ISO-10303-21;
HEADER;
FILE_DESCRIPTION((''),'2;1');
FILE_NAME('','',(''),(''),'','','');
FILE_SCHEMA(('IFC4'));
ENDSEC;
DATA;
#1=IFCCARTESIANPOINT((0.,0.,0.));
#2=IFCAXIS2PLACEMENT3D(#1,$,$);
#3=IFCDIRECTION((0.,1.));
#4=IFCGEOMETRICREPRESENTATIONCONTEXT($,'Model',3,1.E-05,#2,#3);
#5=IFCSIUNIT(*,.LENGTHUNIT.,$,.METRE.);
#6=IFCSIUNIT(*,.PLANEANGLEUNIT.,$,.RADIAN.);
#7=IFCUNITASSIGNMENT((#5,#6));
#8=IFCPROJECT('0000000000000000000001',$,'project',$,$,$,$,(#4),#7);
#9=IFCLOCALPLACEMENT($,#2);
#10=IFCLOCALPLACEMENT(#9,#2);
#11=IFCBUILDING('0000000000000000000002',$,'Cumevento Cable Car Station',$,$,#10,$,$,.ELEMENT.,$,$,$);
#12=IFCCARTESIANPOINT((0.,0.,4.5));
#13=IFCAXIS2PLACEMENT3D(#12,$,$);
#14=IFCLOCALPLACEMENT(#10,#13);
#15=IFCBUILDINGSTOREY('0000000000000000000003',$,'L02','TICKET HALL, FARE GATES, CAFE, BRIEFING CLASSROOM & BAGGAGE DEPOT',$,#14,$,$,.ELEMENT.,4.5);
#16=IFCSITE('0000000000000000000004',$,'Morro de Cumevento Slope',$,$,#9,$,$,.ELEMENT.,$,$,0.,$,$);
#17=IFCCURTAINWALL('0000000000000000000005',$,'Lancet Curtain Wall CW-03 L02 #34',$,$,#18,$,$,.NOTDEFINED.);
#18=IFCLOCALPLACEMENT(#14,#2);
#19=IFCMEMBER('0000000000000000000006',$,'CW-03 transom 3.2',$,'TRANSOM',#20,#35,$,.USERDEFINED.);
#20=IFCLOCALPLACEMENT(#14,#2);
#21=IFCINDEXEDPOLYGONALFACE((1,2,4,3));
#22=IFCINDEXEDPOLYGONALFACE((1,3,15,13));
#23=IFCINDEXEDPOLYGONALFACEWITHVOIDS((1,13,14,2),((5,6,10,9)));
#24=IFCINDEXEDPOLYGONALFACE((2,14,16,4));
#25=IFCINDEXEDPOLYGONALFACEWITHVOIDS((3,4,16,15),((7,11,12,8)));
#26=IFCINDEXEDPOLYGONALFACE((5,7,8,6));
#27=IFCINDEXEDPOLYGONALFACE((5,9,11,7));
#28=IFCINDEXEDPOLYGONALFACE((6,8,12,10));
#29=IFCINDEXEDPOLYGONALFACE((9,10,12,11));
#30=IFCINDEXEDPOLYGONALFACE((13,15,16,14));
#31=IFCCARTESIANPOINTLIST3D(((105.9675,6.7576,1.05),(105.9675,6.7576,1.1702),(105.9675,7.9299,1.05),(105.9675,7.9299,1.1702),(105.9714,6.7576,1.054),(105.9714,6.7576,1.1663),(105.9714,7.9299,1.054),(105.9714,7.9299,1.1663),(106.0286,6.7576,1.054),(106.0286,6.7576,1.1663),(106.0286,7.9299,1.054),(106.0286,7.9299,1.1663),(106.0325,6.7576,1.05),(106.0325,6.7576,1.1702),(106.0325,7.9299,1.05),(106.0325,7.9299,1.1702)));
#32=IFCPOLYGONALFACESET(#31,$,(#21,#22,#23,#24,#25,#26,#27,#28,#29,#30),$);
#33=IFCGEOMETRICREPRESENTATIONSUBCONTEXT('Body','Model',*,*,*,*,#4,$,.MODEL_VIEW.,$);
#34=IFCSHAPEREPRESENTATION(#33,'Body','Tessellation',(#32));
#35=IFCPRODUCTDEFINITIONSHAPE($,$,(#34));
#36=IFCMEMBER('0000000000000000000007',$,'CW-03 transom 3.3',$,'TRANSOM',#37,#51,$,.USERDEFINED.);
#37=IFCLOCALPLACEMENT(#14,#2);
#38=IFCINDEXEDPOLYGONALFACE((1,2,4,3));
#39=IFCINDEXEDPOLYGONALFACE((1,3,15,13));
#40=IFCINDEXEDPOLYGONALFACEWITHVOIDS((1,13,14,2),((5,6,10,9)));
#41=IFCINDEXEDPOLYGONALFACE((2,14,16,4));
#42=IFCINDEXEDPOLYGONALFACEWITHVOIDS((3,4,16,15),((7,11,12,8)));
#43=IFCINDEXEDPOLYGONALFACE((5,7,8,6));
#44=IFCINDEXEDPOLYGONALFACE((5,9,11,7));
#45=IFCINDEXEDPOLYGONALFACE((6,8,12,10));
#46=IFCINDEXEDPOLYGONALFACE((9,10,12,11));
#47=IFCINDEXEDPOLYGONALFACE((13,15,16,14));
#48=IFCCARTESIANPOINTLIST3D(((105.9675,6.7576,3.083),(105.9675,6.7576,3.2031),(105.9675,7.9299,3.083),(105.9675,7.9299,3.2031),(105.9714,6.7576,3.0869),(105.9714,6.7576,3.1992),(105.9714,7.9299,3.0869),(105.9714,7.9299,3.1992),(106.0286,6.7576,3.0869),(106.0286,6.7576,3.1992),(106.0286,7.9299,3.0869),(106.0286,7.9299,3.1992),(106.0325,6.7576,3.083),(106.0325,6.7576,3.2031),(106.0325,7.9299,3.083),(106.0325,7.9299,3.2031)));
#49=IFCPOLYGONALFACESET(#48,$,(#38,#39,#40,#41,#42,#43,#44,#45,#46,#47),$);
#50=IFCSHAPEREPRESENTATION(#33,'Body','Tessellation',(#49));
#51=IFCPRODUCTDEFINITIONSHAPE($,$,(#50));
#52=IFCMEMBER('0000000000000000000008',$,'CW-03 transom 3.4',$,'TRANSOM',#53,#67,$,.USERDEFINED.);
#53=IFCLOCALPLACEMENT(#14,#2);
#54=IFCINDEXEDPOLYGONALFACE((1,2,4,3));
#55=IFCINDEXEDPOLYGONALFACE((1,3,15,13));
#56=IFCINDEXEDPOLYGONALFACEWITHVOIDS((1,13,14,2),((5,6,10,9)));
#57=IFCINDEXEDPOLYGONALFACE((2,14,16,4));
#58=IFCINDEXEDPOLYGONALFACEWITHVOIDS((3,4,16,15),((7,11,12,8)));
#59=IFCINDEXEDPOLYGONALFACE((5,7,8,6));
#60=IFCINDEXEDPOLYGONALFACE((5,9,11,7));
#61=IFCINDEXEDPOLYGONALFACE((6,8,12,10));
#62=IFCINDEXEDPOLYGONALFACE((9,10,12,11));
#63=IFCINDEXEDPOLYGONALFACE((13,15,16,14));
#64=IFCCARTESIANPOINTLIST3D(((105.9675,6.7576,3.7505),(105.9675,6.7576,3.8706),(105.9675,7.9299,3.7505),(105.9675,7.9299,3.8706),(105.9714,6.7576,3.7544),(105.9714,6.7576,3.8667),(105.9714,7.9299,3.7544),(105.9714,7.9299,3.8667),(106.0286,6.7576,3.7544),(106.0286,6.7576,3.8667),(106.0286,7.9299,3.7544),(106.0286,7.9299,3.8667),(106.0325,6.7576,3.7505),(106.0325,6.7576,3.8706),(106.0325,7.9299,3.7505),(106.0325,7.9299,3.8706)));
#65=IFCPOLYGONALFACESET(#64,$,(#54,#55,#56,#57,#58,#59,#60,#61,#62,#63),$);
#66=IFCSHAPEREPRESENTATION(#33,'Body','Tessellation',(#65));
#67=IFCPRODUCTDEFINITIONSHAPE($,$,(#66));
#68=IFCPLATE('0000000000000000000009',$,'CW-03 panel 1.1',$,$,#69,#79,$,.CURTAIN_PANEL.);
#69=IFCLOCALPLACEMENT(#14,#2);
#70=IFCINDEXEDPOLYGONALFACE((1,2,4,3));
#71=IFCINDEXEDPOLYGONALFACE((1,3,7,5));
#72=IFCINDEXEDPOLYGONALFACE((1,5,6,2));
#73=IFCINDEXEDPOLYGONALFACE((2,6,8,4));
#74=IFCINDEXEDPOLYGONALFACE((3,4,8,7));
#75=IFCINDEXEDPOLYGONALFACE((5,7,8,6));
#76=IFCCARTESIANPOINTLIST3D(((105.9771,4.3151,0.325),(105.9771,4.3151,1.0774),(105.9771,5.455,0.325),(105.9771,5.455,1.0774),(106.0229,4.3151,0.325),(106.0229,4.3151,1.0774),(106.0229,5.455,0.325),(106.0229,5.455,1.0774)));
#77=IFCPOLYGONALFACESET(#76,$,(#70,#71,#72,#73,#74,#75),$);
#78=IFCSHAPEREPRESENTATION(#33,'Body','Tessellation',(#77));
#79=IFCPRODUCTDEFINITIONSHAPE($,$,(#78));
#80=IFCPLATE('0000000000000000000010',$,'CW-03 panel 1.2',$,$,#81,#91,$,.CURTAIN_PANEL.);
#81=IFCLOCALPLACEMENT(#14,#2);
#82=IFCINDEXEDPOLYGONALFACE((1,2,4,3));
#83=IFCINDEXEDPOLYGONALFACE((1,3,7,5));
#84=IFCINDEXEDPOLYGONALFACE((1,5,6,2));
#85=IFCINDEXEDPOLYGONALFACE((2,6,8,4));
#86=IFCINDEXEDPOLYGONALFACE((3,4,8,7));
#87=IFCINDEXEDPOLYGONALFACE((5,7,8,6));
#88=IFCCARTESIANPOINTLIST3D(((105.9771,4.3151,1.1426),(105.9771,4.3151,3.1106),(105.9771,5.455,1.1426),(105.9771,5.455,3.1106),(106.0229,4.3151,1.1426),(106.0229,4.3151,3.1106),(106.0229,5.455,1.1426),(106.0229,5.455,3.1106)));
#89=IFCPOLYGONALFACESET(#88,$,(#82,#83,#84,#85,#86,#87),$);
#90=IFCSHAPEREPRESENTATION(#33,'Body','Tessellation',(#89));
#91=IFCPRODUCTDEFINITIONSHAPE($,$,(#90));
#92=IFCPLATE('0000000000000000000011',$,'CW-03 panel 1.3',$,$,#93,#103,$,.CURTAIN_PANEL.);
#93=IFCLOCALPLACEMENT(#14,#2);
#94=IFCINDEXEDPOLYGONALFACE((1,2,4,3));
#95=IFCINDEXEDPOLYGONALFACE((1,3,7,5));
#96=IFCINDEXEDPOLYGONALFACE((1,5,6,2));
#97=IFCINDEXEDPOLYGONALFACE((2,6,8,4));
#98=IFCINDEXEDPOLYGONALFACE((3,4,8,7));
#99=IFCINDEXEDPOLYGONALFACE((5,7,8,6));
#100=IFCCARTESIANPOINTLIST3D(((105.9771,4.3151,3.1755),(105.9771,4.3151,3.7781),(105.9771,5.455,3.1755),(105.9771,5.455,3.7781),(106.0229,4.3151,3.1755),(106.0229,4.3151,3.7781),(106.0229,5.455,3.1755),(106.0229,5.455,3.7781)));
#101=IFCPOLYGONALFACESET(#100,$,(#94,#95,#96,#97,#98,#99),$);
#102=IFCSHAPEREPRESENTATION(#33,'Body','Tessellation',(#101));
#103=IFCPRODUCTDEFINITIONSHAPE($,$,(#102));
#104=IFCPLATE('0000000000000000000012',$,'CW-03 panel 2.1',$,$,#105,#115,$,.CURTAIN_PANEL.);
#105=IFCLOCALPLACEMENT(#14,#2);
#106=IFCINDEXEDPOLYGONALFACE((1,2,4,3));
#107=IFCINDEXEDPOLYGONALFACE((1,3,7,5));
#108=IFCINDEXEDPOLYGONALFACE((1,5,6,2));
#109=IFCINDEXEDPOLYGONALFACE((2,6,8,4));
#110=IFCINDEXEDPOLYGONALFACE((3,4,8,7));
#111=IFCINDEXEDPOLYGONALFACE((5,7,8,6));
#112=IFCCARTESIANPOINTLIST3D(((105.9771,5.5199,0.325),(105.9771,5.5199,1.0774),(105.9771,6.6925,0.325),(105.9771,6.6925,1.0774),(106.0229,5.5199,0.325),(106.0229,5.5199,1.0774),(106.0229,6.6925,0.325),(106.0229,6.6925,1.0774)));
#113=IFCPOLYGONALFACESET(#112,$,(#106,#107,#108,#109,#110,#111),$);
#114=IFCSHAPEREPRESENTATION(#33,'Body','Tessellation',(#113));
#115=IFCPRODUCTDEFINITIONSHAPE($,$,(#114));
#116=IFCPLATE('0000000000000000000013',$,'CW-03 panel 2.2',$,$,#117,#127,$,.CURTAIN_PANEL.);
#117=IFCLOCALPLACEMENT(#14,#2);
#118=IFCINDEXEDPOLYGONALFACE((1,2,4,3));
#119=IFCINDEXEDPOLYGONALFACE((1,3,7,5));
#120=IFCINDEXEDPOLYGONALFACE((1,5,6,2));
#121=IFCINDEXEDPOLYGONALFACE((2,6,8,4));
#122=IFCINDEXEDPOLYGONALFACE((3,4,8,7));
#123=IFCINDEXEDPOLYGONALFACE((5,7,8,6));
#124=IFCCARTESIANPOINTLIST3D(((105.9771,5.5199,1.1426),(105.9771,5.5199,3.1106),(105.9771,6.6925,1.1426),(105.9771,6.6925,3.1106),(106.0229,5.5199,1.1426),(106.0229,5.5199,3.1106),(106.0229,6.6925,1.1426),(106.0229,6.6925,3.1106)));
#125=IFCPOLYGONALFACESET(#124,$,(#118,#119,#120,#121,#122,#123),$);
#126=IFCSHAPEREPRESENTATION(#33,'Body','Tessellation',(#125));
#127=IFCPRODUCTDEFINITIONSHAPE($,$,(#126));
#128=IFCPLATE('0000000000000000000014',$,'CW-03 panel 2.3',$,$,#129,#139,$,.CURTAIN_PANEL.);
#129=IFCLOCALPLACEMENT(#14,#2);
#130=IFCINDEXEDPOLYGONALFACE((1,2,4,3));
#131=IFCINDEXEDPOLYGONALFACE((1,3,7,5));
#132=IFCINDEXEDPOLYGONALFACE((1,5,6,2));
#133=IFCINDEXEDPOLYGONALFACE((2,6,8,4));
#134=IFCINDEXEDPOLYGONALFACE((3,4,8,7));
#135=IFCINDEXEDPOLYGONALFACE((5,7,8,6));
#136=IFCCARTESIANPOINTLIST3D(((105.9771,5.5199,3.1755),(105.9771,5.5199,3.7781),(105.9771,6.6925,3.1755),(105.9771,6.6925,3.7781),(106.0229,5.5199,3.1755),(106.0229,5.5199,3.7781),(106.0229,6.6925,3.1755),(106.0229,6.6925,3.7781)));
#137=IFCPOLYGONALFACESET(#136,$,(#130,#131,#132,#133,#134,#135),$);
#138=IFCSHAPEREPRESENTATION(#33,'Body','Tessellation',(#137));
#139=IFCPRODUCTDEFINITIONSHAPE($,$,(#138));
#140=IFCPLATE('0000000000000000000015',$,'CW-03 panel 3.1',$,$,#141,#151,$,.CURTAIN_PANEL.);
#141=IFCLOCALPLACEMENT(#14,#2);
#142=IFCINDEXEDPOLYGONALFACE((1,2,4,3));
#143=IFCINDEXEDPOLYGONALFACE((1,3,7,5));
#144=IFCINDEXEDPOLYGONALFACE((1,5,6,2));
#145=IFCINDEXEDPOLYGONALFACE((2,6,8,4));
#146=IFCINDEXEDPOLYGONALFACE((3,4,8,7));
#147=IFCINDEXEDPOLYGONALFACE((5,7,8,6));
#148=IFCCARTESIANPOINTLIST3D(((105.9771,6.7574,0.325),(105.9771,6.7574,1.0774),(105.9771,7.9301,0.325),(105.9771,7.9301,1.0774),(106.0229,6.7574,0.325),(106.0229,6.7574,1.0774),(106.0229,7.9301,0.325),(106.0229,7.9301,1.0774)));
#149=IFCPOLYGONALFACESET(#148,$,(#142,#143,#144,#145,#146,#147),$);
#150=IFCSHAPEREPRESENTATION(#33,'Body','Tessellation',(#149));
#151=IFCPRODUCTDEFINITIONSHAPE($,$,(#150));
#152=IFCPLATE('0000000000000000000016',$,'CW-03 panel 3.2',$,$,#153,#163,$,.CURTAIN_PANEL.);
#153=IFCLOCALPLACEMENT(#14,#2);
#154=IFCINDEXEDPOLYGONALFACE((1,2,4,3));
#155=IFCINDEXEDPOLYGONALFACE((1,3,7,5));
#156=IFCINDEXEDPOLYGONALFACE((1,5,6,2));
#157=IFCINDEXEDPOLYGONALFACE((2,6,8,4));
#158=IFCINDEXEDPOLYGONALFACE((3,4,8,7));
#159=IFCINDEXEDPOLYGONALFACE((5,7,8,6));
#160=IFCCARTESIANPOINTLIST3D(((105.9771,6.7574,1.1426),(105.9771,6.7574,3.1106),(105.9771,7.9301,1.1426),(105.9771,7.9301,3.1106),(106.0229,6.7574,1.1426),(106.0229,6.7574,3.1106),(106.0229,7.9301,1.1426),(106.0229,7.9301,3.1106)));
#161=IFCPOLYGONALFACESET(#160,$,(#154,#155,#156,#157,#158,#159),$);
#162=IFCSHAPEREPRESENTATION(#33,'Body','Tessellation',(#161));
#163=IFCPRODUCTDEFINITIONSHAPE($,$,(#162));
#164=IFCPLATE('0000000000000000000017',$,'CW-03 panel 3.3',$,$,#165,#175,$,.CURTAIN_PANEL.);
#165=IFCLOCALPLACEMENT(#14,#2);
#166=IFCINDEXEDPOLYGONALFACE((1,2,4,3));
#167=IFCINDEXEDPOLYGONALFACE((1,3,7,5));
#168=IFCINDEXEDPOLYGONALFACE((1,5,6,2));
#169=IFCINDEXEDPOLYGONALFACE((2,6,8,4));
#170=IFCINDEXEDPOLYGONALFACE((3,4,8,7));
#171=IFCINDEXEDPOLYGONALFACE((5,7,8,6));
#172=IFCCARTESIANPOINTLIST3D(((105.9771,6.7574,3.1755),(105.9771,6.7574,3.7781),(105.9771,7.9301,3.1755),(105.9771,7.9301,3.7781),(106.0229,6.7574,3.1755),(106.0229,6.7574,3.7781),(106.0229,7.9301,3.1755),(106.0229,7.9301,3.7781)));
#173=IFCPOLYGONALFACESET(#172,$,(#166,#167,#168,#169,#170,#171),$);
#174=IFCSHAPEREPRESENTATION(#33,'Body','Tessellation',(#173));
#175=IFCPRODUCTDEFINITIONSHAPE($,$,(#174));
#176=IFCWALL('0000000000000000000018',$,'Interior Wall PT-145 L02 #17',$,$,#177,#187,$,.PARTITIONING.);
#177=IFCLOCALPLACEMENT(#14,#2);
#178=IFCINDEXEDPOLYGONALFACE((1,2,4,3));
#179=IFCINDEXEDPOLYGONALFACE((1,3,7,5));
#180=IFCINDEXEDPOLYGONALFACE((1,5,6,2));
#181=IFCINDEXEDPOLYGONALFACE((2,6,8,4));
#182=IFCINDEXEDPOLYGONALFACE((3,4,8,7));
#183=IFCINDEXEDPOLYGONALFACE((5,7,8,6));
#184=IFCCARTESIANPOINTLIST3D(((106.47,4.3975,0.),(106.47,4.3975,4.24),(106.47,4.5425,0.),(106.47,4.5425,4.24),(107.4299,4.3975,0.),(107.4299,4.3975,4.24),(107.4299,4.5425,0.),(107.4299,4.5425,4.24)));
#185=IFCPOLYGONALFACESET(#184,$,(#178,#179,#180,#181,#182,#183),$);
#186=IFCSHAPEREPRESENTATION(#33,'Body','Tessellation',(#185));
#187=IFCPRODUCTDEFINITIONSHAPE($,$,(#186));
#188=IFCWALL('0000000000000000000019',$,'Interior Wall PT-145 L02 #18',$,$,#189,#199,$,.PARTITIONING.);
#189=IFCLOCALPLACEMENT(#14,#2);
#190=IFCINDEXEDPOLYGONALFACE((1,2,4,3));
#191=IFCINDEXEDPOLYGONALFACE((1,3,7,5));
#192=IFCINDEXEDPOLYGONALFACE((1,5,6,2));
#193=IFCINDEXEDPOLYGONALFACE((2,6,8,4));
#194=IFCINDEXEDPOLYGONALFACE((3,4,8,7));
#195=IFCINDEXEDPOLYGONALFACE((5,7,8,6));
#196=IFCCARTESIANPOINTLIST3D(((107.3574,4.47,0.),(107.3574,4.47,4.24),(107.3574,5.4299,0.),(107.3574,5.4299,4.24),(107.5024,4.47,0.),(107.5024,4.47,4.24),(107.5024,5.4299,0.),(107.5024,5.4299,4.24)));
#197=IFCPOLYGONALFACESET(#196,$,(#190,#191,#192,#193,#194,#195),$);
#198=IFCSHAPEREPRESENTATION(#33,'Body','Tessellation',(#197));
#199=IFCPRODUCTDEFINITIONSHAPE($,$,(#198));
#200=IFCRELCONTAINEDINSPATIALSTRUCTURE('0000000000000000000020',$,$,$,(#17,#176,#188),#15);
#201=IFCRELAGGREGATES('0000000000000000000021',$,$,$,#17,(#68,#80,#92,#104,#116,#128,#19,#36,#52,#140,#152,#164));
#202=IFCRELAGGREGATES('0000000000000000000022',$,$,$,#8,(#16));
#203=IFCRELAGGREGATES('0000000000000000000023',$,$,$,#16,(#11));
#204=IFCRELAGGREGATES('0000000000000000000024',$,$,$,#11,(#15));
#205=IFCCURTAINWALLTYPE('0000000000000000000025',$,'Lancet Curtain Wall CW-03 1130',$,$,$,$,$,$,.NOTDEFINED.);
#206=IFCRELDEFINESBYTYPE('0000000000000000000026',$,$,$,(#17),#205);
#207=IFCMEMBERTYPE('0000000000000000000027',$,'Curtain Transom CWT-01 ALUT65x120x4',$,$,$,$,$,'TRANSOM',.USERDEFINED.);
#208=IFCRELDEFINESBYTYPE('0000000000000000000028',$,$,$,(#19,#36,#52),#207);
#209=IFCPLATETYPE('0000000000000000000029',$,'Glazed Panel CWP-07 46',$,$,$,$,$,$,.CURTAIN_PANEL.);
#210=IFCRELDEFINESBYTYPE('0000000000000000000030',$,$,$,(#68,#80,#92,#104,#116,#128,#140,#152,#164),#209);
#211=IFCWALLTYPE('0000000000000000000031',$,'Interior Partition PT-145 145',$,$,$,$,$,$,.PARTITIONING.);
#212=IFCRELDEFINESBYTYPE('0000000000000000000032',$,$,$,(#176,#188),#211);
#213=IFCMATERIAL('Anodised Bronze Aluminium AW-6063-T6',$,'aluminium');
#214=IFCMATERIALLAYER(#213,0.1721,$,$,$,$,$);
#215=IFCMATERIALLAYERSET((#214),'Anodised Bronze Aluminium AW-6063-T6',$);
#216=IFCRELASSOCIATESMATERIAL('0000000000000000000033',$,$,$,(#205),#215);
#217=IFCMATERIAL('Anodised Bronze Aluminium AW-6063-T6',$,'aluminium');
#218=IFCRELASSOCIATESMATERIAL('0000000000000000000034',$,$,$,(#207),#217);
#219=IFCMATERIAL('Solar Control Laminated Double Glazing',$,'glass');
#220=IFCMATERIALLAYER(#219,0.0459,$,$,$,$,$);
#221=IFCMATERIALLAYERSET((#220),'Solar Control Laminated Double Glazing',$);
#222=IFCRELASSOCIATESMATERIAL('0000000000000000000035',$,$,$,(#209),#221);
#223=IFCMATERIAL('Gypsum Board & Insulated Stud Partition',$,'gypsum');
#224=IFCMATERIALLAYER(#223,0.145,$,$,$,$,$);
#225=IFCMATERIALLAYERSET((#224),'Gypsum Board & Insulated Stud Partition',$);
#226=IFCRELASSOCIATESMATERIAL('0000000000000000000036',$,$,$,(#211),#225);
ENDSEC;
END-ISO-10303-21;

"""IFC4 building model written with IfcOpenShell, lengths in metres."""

from ifc_helpers import new_model, si_unit, direction, frame, frame_2d, origin, origin_2d, place, context, subcontext, project, spatial, rectangle, hollow_rectangle, extrude, material, layer, layer_set, material_profile, profile_set, type_object, element, aggregate, save


model = new_model("IFC4")

# Units and contexts
model_context = context("Model", 3, precision=1e-05, world=origin(), true_north=direction((0.0, 1.0)))
body_context = subcontext(model_context, "Body", "Model", "MODEL_VIEW")
ifc_project = project(units=[si_unit("LENGTHUNIT", "METRE"), si_unit("PLANEANGLEUNIT", "RADIAN")], contexts=[model_context])

# Site, building, storey
site_placement = place(None, origin())
site = spatial("IfcSite", under=ifc_project, at=site_placement, Name="Morro de Cumevento Slope", CompositionType="ELEMENT", RefElevation=0.0)
building_placement = place(site_placement, origin())
building = spatial("IfcBuilding", under=site, at=building_placement, Name="Cumevento Cable Car Station", CompositionType="ELEMENT")
storey_placement = place(building_placement, frame((0.0, 0.0, 4.5)))
storey = spatial("IfcBuildingStorey", under=building, at=storey_placement, Name="L02", Description="TICKET HALL, FARE GATES, CAFE, BRIEFING CLASSROOM & BAGGAGE DEPOT", CompositionType="ELEMENT", Elevation=4.5)

# Curtain wall, members, plates
ifc_material_1 = material(Name="Anodised Bronze Aluminium AW-6063-T6", Category="aluminium")
ifc_layer_1 = layer(ifc_material_1, 0.1721)
ifc_layer_set_1 = layer_set([ifc_layer_1], Name="Anodised Bronze Aluminium AW-6063-T6")
curtain_wall_type = type_object("IfcCurtainWallType", Name="Lancet Curtain Wall CW-03 1130", PredefinedType="NOTDEFINED", material=ifc_layer_set_1)
curtain_wall_placement = place(storey_placement, origin())
curtain_wall = element("IfcCurtainWall", 1, at=curtain_wall_placement, inside=storey, type_object=curtain_wall_type, Name="Lancet Curtain Wall CW-03 L02 #34", PredefinedType="NOTDEFINED")
ifc_material_2 = material(Name="Anodised Bronze Aluminium AW-6063-T6", Category="aluminium")
ifc_material_profile_1 = material_profile(ifc_material_2, hollow_rectangle(XDim=0.0649, YDim=0.1201, WallThickness=0.0039, at=origin_2d()), Name="ALUT65x120x4")
ifc_profile_set_1 = profile_set([ifc_material_profile_1], Name="Anodised Bronze Aluminium AW-6063-T6")
member_type_1 = type_object("IfcMemberType", Name="Curtain Transom CWT-01 ALUT65x120x4", ElementType="TRANSOM", PredefinedType="USERDEFINED", material=ifc_profile_set_1)
member_1_placement = place(storey_placement, frame((106.0, 6.7576, 1.1101), z_axis=(0.0, 1.0, 0.0), x_axis=(-1.0, 0.0, 0.0)))
member_1 = element("IfcMember", 2, at=member_1_placement, type_object=member_type_1, Name="CW-03 transom 3.2", ObjectType="TRANSOM", PredefinedType="USERDEFINED", context=body_context, shape_type="SweptSolid", body=[
    extrude(hollow_rectangle(XDim=0.0649, YDim=0.1201, WallThickness=0.0039, at=origin_2d()), origin(), (0.0, 0.0, 1.0), 1.1724),
])
member_2_placement = place(storey_placement, frame((106.0, 6.7576, 3.1431), z_axis=(0.0, 1.0, 0.0), x_axis=(-1.0, 0.0, 0.0)))
member_2 = element("IfcMember", 3, at=member_2_placement, type_object=member_type_1, Name="CW-03 transom 3.3", ObjectType="TRANSOM", PredefinedType="USERDEFINED", context=body_context, shape_type="SweptSolid", body=[
    extrude(hollow_rectangle(XDim=0.0649, YDim=0.1201, WallThickness=0.0039, at=origin_2d()), origin(), (0.0, 0.0, 1.0), 1.1724),
])
member_3_placement = place(storey_placement, frame((106.0, 6.7576, 3.8105), z_axis=(0.0, 1.0, 0.0), x_axis=(-1.0, 0.0, 0.0)))
member_3 = element("IfcMember", 4, at=member_3_placement, type_object=member_type_1, Name="CW-03 transom 3.4", ObjectType="TRANSOM", PredefinedType="USERDEFINED", context=body_context, shape_type="SweptSolid", body=[
    extrude(hollow_rectangle(XDim=0.0649, YDim=0.1201, WallThickness=0.0039, at=origin_2d()), origin(), (0.0, 0.0, 1.0), 1.1724),
])
ifc_material_3 = material(Name="Solar Control Laminated Double Glazing", Category="glass")
ifc_layer_2 = layer(ifc_material_3, 0.0459)
ifc_layer_set_2 = layer_set([ifc_layer_2], Name="Solar Control Laminated Double Glazing")
plate_type = type_object("IfcPlateType", Name="Glazed Panel CWP-07 46", PredefinedType="CURTAIN_PANEL", material=ifc_layer_set_2)
plate_1_placement = place(storey_placement, frame((106.0, 4.885, 0.325), z_axis=(0.0, 0.0, 1.0), x_axis=(0.0, 1.0, 0.0)))
plate_1 = element("IfcPlate", 5, at=plate_1_placement, type_object=plate_type, Name="CW-03 panel 1.1", PredefinedType="CURTAIN_PANEL", context=body_context, shape_type="SweptSolid", body=[
    extrude(rectangle(XDim=1.1399, YDim=0.0459, at=origin_2d()), origin(), (0.0, 0.0, 1.0), 0.7524),
])
plate_2_placement = place(storey_placement, frame((106.0, 4.885, 1.1426), z_axis=(0.0, 0.0, 1.0), x_axis=(0.0, 1.0, 0.0)))
plate_2 = element("IfcPlate", 6, at=plate_2_placement, type_object=plate_type, Name="CW-03 panel 1.2", PredefinedType="CURTAIN_PANEL", context=body_context, shape_type="SweptSolid", body=[
    extrude(rectangle(XDim=1.1399, YDim=0.0459, at=origin_2d()), origin(), (0.0, 0.0, 1.0), 1.968),
])
plate_3_placement = place(storey_placement, frame((106.0, 4.885, 3.1755), z_axis=(0.0, 0.0, 1.0), x_axis=(0.0, 1.0, 0.0)))
plate_3 = element("IfcPlate", 7, at=plate_3_placement, type_object=plate_type, Name="CW-03 panel 1.3", PredefinedType="CURTAIN_PANEL", context=body_context, shape_type="SweptSolid", body=[
    extrude(rectangle(XDim=1.1399, YDim=0.0459, at=origin_2d()), origin(), (0.0, 0.0, 1.0), 0.6025),
])
plate_4_placement = place(storey_placement, frame((106.0, 6.1062, 0.325), z_axis=(0.0, 0.0, 1.0), x_axis=(0.0, 1.0, 0.0)))
plate_4 = element("IfcPlate", 8, at=plate_4_placement, type_object=plate_type, Name="CW-03 panel 2.1", PredefinedType="CURTAIN_PANEL", context=body_context, shape_type="SweptSolid", body=[
    extrude(rectangle(XDim=1.1726, YDim=0.0459, at=origin_2d()), origin(), (0.0, 0.0, 1.0), 0.7524),
])
plate_5_placement = place(storey_placement, frame((106.0, 6.1062, 1.1426), z_axis=(0.0, 0.0, 1.0), x_axis=(0.0, 1.0, 0.0)))
plate_5 = element("IfcPlate", 9, at=plate_5_placement, type_object=plate_type, Name="CW-03 panel 2.2", PredefinedType="CURTAIN_PANEL", context=body_context, shape_type="SweptSolid", body=[
    extrude(rectangle(XDim=1.1726, YDim=0.0459, at=origin_2d()), origin(), (0.0, 0.0, 1.0), 1.968),
])
plate_6_placement = place(storey_placement, frame((106.0, 6.1062, 3.1755), z_axis=(0.0, 0.0, 1.0), x_axis=(0.0, 1.0, 0.0)))
plate_6 = element("IfcPlate", 10, at=plate_6_placement, type_object=plate_type, Name="CW-03 panel 2.3", PredefinedType="CURTAIN_PANEL", context=body_context, shape_type="SweptSolid", body=[
    extrude(rectangle(XDim=1.1726, YDim=0.0459, at=origin_2d()), origin(), (0.0, 0.0, 1.0), 0.6025),
])
plate_7_placement = place(storey_placement, frame((106.0, 7.3438, 0.325), z_axis=(0.0, 0.0, 1.0), x_axis=(0.0, 1.0, 0.0)))
plate_7 = element("IfcPlate", 11, at=plate_7_placement, type_object=plate_type, Name="CW-03 panel 3.1", PredefinedType="CURTAIN_PANEL", context=body_context, shape_type="SweptSolid", body=[
    extrude(rectangle(XDim=1.1726, YDim=0.0459, at=origin_2d()), origin(), (0.0, 0.0, 1.0), 0.7524),
])
plate_8_placement = place(storey_placement, frame((106.0, 7.3438, 1.1426), z_axis=(0.0, 0.0, 1.0), x_axis=(0.0, 1.0, 0.0)))
plate_8 = element("IfcPlate", 12, at=plate_8_placement, type_object=plate_type, Name="CW-03 panel 3.2", PredefinedType="CURTAIN_PANEL", context=body_context, shape_type="SweptSolid", body=[
    extrude(rectangle(XDim=1.1726, YDim=0.0459, at=origin_2d()), origin(), (0.0, 0.0, 1.0), 1.968),
])
plate_9_placement = place(storey_placement, frame((106.0, 7.3438, 3.1755), z_axis=(0.0, 0.0, 1.0), x_axis=(0.0, 1.0, 0.0)))
plate_9 = element("IfcPlate", 13, at=plate_9_placement, type_object=plate_type, Name="CW-03 panel 3.3", PredefinedType="CURTAIN_PANEL", context=body_context, shape_type="SweptSolid", body=[
    extrude(rectangle(XDim=1.1726, YDim=0.0459, at=origin_2d()), origin(), (0.0, 0.0, 1.0), 0.6025),
])
aggregate(curtain_wall, [plate_1, plate_2, plate_3, plate_4, plate_5, plate_6, member_1, member_2, member_3, plate_7, plate_8, plate_9])

# Walls
ifc_material_4 = material(Name="Gypsum Board & Insulated Stud Partition", Category="gypsum")
ifc_layer_3 = layer(ifc_material_4, 0.145)
ifc_layer_set_3 = layer_set([ifc_layer_3], Name="Gypsum Board & Insulated Stud Partition")
wall_type = type_object("IfcWallType", Name="Interior Partition PT-145 145", PredefinedType="PARTITIONING", material=ifc_layer_set_3)
for number, where, z_axis, x_axis, name in (
    (14, (106.47, 4.47, 0.0), (0.0, 0.0, 1.0), (1.0, 0.0, 0.0), "Interior Wall PT-145 L02 #17"),
    (15, (107.4299, 4.47, 0.0), (0.0, 0.0, 1.0), (0.0, 1.0, 0.0), "Interior Wall PT-145 L02 #18"),
):
    element("IfcWall", number, at=place(storey_placement, frame(where, z_axis=z_axis, x_axis=x_axis)), inside=storey, type_object=wall_type, Name=name, PredefinedType="PARTITIONING", context=body_context, shape_type="SweptSolid", body=[
        extrude(rectangle(XDim=0.96, YDim=0.145, at=frame_2d((0.48, 0.0))), origin(), (0.0, 0.0, 1.0), 4.24),
    ])

save(model, "model.ifc")
